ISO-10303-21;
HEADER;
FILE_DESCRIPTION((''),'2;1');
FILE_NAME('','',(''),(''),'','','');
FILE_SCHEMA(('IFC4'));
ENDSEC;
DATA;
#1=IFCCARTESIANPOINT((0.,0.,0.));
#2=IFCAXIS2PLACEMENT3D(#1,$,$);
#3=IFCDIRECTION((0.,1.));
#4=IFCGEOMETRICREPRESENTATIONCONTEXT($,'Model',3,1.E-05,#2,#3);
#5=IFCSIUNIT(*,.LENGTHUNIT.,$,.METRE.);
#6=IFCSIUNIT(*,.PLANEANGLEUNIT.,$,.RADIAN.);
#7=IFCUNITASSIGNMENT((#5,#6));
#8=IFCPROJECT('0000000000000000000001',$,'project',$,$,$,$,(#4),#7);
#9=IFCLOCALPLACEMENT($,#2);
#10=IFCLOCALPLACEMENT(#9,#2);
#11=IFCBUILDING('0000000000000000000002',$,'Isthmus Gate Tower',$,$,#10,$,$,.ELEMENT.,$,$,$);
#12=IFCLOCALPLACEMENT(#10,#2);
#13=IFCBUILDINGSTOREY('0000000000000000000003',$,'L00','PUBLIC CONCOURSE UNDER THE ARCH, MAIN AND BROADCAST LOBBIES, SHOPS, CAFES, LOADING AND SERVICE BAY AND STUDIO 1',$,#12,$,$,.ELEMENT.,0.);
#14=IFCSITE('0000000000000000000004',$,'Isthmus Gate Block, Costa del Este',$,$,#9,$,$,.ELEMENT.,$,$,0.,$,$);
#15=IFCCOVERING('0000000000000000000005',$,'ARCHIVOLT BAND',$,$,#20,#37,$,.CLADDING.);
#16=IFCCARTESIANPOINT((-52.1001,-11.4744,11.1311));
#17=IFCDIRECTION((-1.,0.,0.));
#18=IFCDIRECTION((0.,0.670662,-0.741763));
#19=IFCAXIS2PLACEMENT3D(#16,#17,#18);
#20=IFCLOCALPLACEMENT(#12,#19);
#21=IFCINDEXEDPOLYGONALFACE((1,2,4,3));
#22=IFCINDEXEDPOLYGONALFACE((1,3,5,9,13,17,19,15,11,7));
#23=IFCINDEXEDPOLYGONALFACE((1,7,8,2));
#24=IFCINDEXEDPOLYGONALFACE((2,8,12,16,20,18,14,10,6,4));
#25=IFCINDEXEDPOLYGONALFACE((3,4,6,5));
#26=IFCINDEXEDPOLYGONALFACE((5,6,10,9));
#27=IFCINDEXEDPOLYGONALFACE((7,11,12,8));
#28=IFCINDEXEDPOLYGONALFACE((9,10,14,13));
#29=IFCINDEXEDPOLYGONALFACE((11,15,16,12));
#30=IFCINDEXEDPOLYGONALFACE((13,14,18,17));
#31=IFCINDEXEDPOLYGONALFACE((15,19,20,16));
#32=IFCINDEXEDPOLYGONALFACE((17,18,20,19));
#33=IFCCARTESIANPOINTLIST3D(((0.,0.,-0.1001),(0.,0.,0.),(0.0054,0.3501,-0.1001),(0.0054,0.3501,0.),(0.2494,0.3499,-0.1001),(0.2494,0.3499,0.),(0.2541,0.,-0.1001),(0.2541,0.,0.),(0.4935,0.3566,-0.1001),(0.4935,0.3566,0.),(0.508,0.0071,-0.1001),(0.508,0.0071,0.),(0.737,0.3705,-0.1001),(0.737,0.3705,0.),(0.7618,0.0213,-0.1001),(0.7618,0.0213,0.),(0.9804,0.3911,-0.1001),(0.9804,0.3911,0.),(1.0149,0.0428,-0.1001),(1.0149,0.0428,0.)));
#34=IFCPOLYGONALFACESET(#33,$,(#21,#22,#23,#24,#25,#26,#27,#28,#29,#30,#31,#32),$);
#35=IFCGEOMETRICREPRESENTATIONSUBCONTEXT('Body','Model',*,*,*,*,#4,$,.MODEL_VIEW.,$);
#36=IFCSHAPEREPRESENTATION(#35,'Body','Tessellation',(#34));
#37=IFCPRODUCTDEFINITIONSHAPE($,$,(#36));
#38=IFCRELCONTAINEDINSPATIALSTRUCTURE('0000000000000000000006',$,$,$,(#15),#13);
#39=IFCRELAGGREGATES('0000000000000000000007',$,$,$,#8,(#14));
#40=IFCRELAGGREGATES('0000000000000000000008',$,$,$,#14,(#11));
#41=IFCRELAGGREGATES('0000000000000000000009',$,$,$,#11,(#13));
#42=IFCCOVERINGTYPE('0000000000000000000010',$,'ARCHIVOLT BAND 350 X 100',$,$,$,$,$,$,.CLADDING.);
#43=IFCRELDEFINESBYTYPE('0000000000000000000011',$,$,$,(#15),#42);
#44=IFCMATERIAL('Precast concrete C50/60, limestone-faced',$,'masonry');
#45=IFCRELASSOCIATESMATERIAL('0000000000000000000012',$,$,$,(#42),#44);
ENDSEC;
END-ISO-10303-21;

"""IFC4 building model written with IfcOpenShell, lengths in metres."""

from ifc_helpers import new_model, si_unit, direction, frame, origin, place, context, subcontext, project, spatial, polyline, outline, extrude, material, type_object, element, save


model = new_model("IFC4")

# Units and contexts
model_context = context("Model", 3, precision=1e-05, world=origin(), true_north=direction((0.0, 1.0)))
body_context = subcontext(model_context, "Body", "Model", "MODEL_VIEW")
ifc_project = project(units=[si_unit("LENGTHUNIT", "METRE"), si_unit("PLANEANGLEUNIT", "RADIAN")], contexts=[model_context])

# Site, building, storey
site_placement = place(None, origin())
site = spatial("IfcSite", under=ifc_project, at=site_placement, Name="Isthmus Gate Block, Costa del Este", CompositionType="ELEMENT", RefElevation=0.0)
building_placement = place(site_placement, origin())
building = spatial("IfcBuilding", under=site, at=building_placement, Name="Isthmus Gate Tower", CompositionType="ELEMENT")
storey_placement = place(building_placement, origin())
storey = spatial("IfcBuildingStorey", under=building, at=storey_placement, Name="L00", Description="PUBLIC CONCOURSE UNDER THE ARCH, MAIN AND BROADCAST LOBBIES, SHOPS, CAFES, LOADING AND SERVICE BAY AND STUDIO 1", CompositionType="ELEMENT", Elevation=0.0)

# Covering
ifc_material_1 = material(Name="Precast concrete C50/60, limestone-faced", Category="masonry")
covering_type_1 = type_object("IfcCoveringType", Name="ARCHIVOLT BAND 350 X 100", PredefinedType="CLADDING", material=ifc_material_1)
covering_1_placement = place(storey_placement, frame((-52.1001, -11.4744, 11.1311), z_axis=(-1.0, 0.0, 0.0), x_axis=(0.0, 0.670662, -0.741763)))
element("IfcCovering", 1, at=covering_1_placement, inside=storey, type_object=covering_type_1, Name="ARCHIVOLT BAND", PredefinedType="CLADDING", context=body_context, shape_type="SweptSolid", body=[
    extrude(outline(polyline([(0.0, 0.0), (0.2541, 0.0), (0.508, 0.0071), (0.7618, 0.0213), (1.0149, 0.0428), (0.9804, 0.3911), (0.737, 0.3705), (0.4935, 0.3566), (0.2494, 0.3499), (0.0054, 0.3501), (0.0, 0.0)])), origin(), (0.0, 0.0, -1.0), 0.1001),
])

save(model, "model.ifc")
